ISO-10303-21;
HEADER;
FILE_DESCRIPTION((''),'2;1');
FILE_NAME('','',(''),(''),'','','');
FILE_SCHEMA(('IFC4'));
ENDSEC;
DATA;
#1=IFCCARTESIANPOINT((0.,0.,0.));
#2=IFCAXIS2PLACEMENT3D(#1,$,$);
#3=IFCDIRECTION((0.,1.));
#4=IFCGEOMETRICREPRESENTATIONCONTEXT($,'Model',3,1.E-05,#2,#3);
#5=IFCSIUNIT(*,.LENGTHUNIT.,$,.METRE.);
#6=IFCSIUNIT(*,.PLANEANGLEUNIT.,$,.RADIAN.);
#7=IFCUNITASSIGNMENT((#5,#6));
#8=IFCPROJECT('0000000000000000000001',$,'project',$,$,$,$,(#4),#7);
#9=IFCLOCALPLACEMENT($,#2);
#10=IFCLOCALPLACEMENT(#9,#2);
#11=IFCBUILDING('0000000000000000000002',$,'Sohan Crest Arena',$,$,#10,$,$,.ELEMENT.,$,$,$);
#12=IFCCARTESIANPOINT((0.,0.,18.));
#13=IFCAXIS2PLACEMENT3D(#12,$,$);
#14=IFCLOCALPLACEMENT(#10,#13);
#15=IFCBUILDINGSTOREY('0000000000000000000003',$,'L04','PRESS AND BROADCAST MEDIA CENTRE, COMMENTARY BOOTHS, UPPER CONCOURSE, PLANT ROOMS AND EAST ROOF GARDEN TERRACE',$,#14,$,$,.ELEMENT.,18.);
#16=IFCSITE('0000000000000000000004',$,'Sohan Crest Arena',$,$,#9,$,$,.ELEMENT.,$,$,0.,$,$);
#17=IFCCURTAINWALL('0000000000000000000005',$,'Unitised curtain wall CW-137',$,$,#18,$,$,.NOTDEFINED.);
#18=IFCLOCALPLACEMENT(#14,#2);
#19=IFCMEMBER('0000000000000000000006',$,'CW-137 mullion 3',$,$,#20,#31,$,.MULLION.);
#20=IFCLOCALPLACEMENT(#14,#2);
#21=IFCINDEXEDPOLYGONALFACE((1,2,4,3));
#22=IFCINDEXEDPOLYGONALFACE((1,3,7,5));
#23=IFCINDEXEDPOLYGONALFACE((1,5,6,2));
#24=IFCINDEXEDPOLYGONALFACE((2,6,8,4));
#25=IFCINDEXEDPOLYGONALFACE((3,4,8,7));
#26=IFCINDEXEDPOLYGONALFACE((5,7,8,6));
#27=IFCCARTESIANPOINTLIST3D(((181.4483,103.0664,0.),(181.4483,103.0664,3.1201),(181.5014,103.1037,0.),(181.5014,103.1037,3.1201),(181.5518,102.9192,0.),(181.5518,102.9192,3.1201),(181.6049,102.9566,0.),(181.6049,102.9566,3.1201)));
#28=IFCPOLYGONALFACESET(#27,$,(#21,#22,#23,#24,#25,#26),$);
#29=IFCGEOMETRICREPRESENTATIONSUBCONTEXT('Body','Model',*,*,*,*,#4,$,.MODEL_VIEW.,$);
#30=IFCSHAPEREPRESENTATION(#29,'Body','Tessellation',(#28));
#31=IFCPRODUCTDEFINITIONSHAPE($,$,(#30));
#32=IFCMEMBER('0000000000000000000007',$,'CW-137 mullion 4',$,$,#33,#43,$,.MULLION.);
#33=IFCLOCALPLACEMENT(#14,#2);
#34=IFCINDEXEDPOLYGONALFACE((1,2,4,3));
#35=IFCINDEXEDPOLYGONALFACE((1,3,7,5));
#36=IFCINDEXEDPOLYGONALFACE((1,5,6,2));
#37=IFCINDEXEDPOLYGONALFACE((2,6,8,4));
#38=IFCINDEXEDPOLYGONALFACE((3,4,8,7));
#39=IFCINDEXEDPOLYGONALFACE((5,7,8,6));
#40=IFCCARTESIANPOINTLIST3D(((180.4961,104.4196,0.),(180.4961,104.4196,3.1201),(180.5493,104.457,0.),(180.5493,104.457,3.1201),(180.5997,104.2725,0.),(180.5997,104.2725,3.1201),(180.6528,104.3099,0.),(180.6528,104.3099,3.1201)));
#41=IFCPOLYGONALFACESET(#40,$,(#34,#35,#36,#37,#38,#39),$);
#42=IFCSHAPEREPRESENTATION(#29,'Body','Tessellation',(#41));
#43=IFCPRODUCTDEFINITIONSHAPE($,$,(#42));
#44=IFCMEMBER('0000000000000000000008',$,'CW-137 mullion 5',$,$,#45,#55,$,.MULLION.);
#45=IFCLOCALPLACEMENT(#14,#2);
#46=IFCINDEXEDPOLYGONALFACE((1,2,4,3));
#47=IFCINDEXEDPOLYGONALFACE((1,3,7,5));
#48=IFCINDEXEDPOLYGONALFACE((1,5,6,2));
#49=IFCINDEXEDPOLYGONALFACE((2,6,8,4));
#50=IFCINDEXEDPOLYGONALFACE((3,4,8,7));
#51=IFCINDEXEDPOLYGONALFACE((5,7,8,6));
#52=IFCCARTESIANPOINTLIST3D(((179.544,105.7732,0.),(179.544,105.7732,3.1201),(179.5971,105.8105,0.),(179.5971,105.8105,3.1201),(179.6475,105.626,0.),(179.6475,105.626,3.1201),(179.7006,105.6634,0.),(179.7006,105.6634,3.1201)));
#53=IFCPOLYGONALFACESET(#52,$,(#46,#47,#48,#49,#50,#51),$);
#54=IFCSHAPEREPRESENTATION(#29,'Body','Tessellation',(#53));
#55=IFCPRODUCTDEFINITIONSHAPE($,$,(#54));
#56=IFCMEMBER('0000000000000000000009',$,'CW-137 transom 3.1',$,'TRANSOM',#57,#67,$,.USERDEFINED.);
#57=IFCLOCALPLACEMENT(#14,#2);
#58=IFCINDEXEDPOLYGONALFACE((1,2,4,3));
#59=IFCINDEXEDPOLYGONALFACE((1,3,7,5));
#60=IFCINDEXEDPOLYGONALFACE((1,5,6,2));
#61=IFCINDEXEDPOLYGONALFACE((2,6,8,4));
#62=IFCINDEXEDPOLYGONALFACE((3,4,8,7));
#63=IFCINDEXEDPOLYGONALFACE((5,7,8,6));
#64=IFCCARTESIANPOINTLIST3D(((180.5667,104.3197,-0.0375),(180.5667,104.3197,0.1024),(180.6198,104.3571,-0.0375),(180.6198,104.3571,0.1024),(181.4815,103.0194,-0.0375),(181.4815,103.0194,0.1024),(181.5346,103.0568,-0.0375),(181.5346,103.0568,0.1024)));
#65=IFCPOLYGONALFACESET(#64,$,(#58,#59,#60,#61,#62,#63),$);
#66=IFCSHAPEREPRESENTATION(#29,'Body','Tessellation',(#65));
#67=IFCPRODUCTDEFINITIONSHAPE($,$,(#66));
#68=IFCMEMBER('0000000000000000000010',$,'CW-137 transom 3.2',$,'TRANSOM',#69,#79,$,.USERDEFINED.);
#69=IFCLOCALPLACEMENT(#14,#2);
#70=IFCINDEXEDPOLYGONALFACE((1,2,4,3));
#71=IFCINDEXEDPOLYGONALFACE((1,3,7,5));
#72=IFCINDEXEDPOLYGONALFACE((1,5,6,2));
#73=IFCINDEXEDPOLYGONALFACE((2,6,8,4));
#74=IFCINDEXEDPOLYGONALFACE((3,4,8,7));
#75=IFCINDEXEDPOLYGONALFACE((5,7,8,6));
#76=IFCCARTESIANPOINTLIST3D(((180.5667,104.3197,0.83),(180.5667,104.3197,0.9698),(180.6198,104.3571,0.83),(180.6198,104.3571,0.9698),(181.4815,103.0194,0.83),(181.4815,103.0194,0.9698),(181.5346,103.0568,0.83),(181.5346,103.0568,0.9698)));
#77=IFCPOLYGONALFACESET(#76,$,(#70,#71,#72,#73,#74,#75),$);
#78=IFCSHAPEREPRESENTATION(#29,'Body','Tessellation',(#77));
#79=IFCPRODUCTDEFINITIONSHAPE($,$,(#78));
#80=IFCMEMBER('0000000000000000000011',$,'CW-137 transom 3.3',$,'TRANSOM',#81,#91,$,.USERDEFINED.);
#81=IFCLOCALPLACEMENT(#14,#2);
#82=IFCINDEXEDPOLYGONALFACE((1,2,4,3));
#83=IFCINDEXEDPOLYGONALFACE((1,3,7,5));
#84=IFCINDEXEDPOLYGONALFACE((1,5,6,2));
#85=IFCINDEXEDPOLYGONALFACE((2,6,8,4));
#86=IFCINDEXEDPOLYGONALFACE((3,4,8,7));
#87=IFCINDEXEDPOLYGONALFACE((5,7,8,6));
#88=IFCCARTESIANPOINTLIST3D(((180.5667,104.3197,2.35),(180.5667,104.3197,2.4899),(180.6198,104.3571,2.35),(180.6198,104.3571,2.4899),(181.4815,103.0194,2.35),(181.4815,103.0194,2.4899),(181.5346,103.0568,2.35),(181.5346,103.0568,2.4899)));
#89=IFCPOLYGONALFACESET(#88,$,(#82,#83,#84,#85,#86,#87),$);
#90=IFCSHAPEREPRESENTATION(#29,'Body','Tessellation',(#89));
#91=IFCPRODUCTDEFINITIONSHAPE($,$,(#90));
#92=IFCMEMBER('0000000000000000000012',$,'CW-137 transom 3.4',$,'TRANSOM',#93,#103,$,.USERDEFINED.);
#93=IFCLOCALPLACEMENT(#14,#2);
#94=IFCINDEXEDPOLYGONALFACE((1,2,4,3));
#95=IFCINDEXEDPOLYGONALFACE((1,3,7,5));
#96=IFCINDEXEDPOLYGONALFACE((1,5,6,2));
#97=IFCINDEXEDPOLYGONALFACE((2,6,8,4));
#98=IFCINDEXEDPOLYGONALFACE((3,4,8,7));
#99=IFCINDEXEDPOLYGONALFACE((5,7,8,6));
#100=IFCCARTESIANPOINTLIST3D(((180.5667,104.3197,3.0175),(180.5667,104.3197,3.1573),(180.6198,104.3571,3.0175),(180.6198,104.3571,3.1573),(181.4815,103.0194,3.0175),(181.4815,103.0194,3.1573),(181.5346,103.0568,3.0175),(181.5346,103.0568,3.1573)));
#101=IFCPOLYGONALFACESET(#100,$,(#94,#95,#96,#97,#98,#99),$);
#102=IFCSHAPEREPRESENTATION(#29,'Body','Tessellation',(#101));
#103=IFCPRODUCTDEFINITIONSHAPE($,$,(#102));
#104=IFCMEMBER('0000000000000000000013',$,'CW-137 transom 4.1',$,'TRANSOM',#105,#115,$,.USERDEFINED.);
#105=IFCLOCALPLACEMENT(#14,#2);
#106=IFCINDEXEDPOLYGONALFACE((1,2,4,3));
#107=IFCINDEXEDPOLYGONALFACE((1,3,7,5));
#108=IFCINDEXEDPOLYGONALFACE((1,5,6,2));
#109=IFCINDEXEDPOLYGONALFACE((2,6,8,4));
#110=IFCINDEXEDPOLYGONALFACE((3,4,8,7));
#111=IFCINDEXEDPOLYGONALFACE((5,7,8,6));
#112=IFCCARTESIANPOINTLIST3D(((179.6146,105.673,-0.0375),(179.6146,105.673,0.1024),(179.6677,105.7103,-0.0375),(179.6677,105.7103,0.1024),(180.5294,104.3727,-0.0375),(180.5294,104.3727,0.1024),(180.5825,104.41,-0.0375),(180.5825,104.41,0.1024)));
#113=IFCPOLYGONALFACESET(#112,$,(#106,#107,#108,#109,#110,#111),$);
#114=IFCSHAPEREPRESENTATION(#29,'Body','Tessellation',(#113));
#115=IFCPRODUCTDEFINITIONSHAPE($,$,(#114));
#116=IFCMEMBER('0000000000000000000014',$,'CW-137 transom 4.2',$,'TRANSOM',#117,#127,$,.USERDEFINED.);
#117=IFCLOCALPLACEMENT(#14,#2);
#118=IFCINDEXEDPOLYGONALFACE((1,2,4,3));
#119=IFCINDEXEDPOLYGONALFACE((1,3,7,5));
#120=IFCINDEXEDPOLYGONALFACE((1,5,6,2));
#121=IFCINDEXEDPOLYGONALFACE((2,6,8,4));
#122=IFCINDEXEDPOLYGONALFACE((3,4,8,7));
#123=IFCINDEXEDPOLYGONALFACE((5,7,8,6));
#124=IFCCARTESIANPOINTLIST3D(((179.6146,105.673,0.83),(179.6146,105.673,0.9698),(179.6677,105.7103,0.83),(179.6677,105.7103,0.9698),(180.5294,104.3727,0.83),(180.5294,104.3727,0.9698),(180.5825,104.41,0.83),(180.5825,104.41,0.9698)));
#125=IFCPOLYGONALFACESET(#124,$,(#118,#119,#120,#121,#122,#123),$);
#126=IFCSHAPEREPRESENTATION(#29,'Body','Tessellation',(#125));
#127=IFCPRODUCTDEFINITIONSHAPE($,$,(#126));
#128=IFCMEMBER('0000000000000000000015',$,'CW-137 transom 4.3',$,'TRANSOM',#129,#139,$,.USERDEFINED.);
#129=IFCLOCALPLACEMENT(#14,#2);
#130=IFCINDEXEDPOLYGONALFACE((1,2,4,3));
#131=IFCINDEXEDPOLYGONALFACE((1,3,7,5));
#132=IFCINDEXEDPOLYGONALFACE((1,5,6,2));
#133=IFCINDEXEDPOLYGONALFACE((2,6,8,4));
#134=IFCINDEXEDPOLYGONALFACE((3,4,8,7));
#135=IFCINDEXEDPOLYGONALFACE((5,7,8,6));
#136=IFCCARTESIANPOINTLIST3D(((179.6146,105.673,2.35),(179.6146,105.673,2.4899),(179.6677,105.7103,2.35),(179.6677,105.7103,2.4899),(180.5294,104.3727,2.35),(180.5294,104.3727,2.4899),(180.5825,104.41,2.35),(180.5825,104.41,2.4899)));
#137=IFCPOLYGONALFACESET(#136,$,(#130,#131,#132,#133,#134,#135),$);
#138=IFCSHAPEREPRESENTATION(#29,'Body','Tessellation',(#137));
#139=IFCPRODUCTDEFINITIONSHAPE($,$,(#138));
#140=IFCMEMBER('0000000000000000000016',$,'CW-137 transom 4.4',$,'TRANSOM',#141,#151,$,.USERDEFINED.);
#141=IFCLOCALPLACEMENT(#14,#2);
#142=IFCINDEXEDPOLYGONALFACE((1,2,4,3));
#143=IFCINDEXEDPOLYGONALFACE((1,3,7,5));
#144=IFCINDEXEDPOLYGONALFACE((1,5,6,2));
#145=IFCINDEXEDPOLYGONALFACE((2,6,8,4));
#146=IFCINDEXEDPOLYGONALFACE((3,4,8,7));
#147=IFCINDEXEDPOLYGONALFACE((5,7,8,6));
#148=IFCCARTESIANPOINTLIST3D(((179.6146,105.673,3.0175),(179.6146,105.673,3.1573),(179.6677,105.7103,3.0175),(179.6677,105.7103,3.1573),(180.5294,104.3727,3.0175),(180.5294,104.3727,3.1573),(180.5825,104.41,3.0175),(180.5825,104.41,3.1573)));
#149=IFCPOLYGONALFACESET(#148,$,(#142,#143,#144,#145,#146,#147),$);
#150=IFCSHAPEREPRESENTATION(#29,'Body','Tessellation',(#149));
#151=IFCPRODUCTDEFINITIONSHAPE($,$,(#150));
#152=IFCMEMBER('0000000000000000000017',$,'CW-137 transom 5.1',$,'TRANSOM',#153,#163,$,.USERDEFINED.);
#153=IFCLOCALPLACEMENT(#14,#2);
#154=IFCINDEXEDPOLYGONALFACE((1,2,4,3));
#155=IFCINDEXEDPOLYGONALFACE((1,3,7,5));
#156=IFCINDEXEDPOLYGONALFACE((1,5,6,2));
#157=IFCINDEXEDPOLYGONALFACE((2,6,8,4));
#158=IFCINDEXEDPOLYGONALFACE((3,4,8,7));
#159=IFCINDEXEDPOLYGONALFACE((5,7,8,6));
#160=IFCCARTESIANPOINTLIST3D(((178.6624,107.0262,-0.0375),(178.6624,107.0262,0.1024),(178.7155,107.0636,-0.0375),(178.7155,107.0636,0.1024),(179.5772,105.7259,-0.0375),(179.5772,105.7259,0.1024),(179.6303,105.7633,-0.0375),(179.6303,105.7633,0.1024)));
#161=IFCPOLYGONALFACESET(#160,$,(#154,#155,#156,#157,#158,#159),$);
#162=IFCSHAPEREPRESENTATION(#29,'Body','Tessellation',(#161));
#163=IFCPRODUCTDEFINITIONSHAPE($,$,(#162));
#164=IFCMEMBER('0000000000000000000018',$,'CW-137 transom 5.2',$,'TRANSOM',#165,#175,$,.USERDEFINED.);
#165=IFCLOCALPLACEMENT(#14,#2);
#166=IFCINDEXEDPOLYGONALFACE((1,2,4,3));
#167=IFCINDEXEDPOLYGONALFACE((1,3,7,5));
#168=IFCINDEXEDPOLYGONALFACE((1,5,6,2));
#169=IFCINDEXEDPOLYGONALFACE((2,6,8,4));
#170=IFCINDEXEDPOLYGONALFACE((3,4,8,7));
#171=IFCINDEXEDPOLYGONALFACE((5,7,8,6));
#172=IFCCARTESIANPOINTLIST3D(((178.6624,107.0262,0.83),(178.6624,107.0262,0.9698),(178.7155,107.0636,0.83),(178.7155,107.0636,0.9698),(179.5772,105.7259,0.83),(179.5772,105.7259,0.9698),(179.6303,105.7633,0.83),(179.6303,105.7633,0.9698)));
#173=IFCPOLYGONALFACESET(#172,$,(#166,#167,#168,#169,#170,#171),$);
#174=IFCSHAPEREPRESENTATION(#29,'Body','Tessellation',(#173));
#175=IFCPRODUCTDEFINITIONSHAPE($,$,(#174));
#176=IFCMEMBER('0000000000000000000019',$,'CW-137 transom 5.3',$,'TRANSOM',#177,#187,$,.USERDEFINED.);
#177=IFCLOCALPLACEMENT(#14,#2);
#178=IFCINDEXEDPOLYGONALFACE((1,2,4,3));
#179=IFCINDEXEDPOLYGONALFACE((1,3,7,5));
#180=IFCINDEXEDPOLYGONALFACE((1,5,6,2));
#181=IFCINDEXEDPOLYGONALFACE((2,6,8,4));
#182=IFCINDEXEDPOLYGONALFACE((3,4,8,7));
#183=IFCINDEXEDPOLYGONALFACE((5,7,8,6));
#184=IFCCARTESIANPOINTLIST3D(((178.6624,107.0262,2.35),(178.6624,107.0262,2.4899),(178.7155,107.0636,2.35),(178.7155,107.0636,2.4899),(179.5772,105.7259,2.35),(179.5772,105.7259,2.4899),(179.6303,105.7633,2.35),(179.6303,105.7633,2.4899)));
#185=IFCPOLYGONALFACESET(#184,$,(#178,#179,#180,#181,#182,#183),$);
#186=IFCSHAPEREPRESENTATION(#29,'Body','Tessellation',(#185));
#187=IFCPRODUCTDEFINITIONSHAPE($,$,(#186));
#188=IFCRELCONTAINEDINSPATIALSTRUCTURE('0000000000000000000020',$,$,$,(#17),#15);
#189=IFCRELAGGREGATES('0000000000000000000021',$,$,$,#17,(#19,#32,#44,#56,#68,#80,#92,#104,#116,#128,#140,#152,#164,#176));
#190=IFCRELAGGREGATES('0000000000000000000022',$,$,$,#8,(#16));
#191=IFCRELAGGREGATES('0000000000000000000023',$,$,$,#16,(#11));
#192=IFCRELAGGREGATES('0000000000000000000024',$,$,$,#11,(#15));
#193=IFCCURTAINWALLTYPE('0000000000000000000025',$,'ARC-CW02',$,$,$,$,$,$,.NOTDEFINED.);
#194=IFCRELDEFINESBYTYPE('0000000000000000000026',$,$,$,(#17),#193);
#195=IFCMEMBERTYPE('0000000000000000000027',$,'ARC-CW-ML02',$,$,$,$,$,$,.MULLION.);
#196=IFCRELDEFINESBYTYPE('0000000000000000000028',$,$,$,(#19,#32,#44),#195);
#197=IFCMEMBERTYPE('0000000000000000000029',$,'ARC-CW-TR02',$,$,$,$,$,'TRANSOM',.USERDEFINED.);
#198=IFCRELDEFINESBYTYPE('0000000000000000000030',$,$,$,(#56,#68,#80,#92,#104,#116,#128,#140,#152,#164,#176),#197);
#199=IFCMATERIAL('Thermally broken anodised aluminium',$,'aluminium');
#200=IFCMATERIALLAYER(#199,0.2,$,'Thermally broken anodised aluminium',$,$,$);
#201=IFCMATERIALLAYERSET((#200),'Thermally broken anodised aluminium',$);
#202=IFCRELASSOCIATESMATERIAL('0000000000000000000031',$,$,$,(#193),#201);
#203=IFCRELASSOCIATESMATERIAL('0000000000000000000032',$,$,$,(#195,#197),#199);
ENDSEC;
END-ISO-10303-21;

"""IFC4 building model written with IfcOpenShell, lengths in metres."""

from ifc_helpers import new_model, si_unit, direction, frame, origin, origin_2d, place, context, subcontext, project, spatial, rectangle, extrude, material, layer, layer_set, material_profile, profile_set, type_object, element, aggregate, save


model = new_model("IFC4")

# Units and contexts
model_context = context("Model", 3, precision=1e-05, world=origin(), true_north=direction((0.0, 1.0)))
body_context = subcontext(model_context, "Body", "Model", "MODEL_VIEW")
ifc_project = project(units=[si_unit("LENGTHUNIT", "METRE"), si_unit("PLANEANGLEUNIT", "RADIAN")], contexts=[model_context])

# Site, building, storey
site_placement = place(None, origin())
site = spatial("IfcSite", under=ifc_project, at=site_placement, Name="Sohan Crest Arena", CompositionType="ELEMENT", RefElevation=0.0)
building_placement = place(site_placement, origin())
building = spatial("IfcBuilding", under=site, at=building_placement, Name="Sohan Crest Arena", CompositionType="ELEMENT")
storey_placement = place(building_placement, frame((0.0, 0.0, 18.0)))
storey = spatial("IfcBuildingStorey", under=building, at=storey_placement, Name="L04", Description="PRESS AND BROADCAST MEDIA CENTRE, COMMENTARY BOOTHS, UPPER CONCOURSE, PLANT ROOMS AND EAST ROOF GARDEN TERRACE", CompositionType="ELEMENT", Elevation=18.0)

# Curtain wall, members
ifc_material_1 = material(Name="Thermally broken anodised aluminium", Category="aluminium")
ifc_layer_1 = layer(ifc_material_1, 0.2, Name="Thermally broken anodised aluminium")
ifc_layer_set_1 = layer_set([ifc_layer_1], Name="Thermally broken anodised aluminium")
curtain_wall_type = type_object("IfcCurtainWallType", Name="ARC-CW02", PredefinedType="NOTDEFINED", material=ifc_layer_set_1)
curtain_wall_placement = place(storey_placement, origin())
curtain_wall = element("IfcCurtainWall", 1, at=curtain_wall_placement, inside=storey, type_object=curtain_wall_type, Name="Unitised curtain wall CW-137", PredefinedType="NOTDEFINED")
ifc_material_profile_1 = material_profile(ifc_material_1, rectangle(XDim=0.0649, YDim=0.1799, at=origin_2d()), Name="ALU-MULL 65x180")
ifc_profile_set_1 = profile_set([ifc_material_profile_1], Name="Thermally broken anodised aluminium")
member_type_1 = type_object("IfcMemberType", Name="ARC-CW-ML02", PredefinedType="MULLION", material=ifc_profile_set_1)
member_1_placement = place(storey_placement, frame((181.5266, 103.0115, 0.0), z_axis=(0.0, 0.0, 1.0), x_axis=(-0.817855, -0.575425, 0.0)))
member_1 = element("IfcMember", 2, at=member_1_placement, type_object=member_type_1, Name="CW-137 mullion 3", PredefinedType="MULLION", context=body_context, shape_type="SweptSolid", body=[
    extrude(rectangle(XDim=0.0649, YDim=0.1799, at=origin_2d()), origin(), (0.0, 0.0, 1.0), 3.1201),
])
member_2_placement = place(storey_placement, frame((180.5745, 104.3647, 0.0), z_axis=(0.0, 0.0, 1.0), x_axis=(-0.817855, -0.575425, 0.0)))
member_2 = element("IfcMember", 3, at=member_2_placement, type_object=member_type_1, Name="CW-137 mullion 4", PredefinedType="MULLION", context=body_context, shape_type="SweptSolid", body=[
    extrude(rectangle(XDim=0.0649, YDim=0.1799, at=origin_2d()), origin(), (0.0, 0.0, 1.0), 3.1201),
])
member_3_placement = place(storey_placement, frame((179.6223, 105.7183, 0.0), z_axis=(0.0, 0.0, 1.0), x_axis=(-0.817855, -0.575425, 0.0)))
member_3 = element("IfcMember", 4, at=member_3_placement, type_object=member_type_1, Name="CW-137 mullion 5", PredefinedType="MULLION", context=body_context, shape_type="SweptSolid", body=[
    extrude(rectangle(XDim=0.0649, YDim=0.1799, at=origin_2d()), origin(), (0.0, 0.0, 1.0), 3.1201),
])
ifc_material_profile_2 = material_profile(ifc_material_1, rectangle(XDim=0.0649, YDim=0.1399, at=origin_2d()), Name="ALU-TRAN 65x140")
ifc_profile_set_2 = profile_set([ifc_material_profile_2], Name="Thermally broken anodised aluminium")
member_type_2 = type_object("IfcMemberType", Name="ARC-CW-TR02", ElementType="TRANSOM", PredefinedType="USERDEFINED", material=ifc_profile_set_2)
member_4_placement = place(storey_placement, frame((181.5081, 103.0381, 0.0325), z_axis=(-0.575398, 0.817873, 0.0), x_axis=(-0.817873, -0.575398, 0.0)))
member_4 = element("IfcMember", 5, at=member_4_placement, type_object=member_type_2, Name="CW-137 transom 3.1", ObjectType="TRANSOM", PredefinedType="USERDEFINED", context=body_context, shape_type="SweptSolid", body=[
    extrude(rectangle(XDim=0.0649, YDim=0.1399, at=origin_2d()), origin(), (0.0, 0.0, 1.0), 1.5898),
])
member_5_placement = place(storey_placement, frame((181.5081, 103.0381, 0.8999), z_axis=(-0.575398, 0.817873, 0.0), x_axis=(-0.817873, -0.575398, 0.0)))
member_5 = element("IfcMember", 6, at=member_5_placement, type_object=member_type_2, Name="CW-137 transom 3.2", ObjectType="TRANSOM", PredefinedType="USERDEFINED", context=body_context, shape_type="SweptSolid", body=[
    extrude(rectangle(XDim=0.0649, YDim=0.1399, at=origin_2d()), origin(), (0.0, 0.0, 1.0), 1.5898),
])
member_6_placement = place(storey_placement, frame((181.5081, 103.0381, 2.4199), z_axis=(-0.575398, 0.817873, 0.0), x_axis=(-0.817873, -0.575398, 0.0)))
member_6 = element("IfcMember", 7, at=member_6_placement, type_object=member_type_2, Name="CW-137 transom 3.3", ObjectType="TRANSOM", PredefinedType="USERDEFINED", context=body_context, shape_type="SweptSolid", body=[
    extrude(rectangle(XDim=0.0649, YDim=0.1399, at=origin_2d()), origin(), (0.0, 0.0, 1.0), 1.5898),
])
member_7_placement = place(storey_placement, frame((181.5081, 103.0381, 3.0874), z_axis=(-0.575398, 0.817873, 0.0), x_axis=(-0.817873, -0.575398, 0.0)))
member_7 = element("IfcMember", 8, at=member_7_placement, type_object=member_type_2, Name="CW-137 transom 3.4", ObjectType="TRANSOM", PredefinedType="USERDEFINED", context=body_context, shape_type="SweptSolid", body=[
    extrude(rectangle(XDim=0.0649, YDim=0.1399, at=origin_2d()), origin(), (0.0, 0.0, 1.0), 1.5898),
])
member_8_placement = place(storey_placement, frame((180.5559, 104.3914, 0.0325), z_axis=(-0.575398, 0.817873, 0.0), x_axis=(-0.817873, -0.575398, 0.0)))
member_8 = element("IfcMember", 9, at=member_8_placement, type_object=member_type_2, Name="CW-137 transom 4.1", ObjectType="TRANSOM", PredefinedType="USERDEFINED", context=body_context, shape_type="SweptSolid", body=[
    extrude(rectangle(XDim=0.0649, YDim=0.1399, at=origin_2d()), origin(), (0.0, 0.0, 1.0), 1.5898),
])
member_9_placement = place(storey_placement, frame((180.5559, 104.3914, 0.8999), z_axis=(-0.575398, 0.817873, 0.0), x_axis=(-0.817873, -0.575398, 0.0)))
member_9 = element("IfcMember", 10, at=member_9_placement, type_object=member_type_2, Name="CW-137 transom 4.2", ObjectType="TRANSOM", PredefinedType="USERDEFINED", context=body_context, shape_type="SweptSolid", body=[
    extrude(rectangle(XDim=0.0649, YDim=0.1399, at=origin_2d()), origin(), (0.0, 0.0, 1.0), 1.5898),
])
member_10_placement = place(storey_placement, frame((180.5559, 104.3914, 2.4199), z_axis=(-0.575398, 0.817873, 0.0), x_axis=(-0.817873, -0.575398, 0.0)))
member_10 = element("IfcMember", 11, at=member_10_placement, type_object=member_type_2, Name="CW-137 transom 4.3", ObjectType="TRANSOM", PredefinedType="USERDEFINED", context=body_context, shape_type="SweptSolid", body=[
    extrude(rectangle(XDim=0.0649, YDim=0.1399, at=origin_2d()), origin(), (0.0, 0.0, 1.0), 1.5898),
])
member_11_placement = place(storey_placement, frame((180.5559, 104.3914, 3.0874), z_axis=(-0.575398, 0.817873, 0.0), x_axis=(-0.817873, -0.575398, 0.0)))
member_11 = element("IfcMember", 12, at=member_11_placement, type_object=member_type_2, Name="CW-137 transom 4.4", ObjectType="TRANSOM", PredefinedType="USERDEFINED", context=body_context, shape_type="SweptSolid", body=[
    extrude(rectangle(XDim=0.0649, YDim=0.1399, at=origin_2d()), origin(), (0.0, 0.0, 1.0), 1.5898),
])
member_12_placement = place(storey_placement, frame((179.6038, 105.7446, 0.0325), z_axis=(-0.575398, 0.817873, 0.0), x_axis=(-0.817873, -0.575398, 0.0)))
member_12 = element("IfcMember", 13, at=member_12_placement, type_object=member_type_2, Name="CW-137 transom 5.1", ObjectType="TRANSOM", PredefinedType="USERDEFINED", context=body_context, shape_type="SweptSolid", body=[
    extrude(rectangle(XDim=0.0649, YDim=0.1399, at=origin_2d()), origin(), (0.0, 0.0, 1.0), 1.5898),
])
member_13_placement = place(storey_placement, frame((179.6038, 105.7446, 0.8999), z_axis=(-0.575398, 0.817873, 0.0), x_axis=(-0.817873, -0.575398, 0.0)))
member_13 = element("IfcMember", 14, at=member_13_placement, type_object=member_type_2, Name="CW-137 transom 5.2", ObjectType="TRANSOM", PredefinedType="USERDEFINED", context=body_context, shape_type="SweptSolid", body=[
    extrude(rectangle(XDim=0.0649, YDim=0.1399, at=origin_2d()), origin(), (0.0, 0.0, 1.0), 1.5898),
])
member_14_placement = place(storey_placement, frame((179.6038, 105.7446, 2.4199), z_axis=(-0.575398, 0.817873, 0.0), x_axis=(-0.817873, -0.575398, 0.0)))
member_14 = element("IfcMember", 15, at=member_14_placement, type_object=member_type_2, Name="CW-137 transom 5.3", ObjectType="TRANSOM", PredefinedType="USERDEFINED", context=body_context, shape_type="SweptSolid", body=[
    extrude(rectangle(XDim=0.0649, YDim=0.1399, at=origin_2d()), origin(), (0.0, 0.0, 1.0), 1.5898),
])
aggregate(curtain_wall, [member_1, member_2, member_3, member_4, member_5, member_6, member_7, member_8, member_9, member_10, member_11, member_12, member_13, member_14])

save(model, "model.ifc")
